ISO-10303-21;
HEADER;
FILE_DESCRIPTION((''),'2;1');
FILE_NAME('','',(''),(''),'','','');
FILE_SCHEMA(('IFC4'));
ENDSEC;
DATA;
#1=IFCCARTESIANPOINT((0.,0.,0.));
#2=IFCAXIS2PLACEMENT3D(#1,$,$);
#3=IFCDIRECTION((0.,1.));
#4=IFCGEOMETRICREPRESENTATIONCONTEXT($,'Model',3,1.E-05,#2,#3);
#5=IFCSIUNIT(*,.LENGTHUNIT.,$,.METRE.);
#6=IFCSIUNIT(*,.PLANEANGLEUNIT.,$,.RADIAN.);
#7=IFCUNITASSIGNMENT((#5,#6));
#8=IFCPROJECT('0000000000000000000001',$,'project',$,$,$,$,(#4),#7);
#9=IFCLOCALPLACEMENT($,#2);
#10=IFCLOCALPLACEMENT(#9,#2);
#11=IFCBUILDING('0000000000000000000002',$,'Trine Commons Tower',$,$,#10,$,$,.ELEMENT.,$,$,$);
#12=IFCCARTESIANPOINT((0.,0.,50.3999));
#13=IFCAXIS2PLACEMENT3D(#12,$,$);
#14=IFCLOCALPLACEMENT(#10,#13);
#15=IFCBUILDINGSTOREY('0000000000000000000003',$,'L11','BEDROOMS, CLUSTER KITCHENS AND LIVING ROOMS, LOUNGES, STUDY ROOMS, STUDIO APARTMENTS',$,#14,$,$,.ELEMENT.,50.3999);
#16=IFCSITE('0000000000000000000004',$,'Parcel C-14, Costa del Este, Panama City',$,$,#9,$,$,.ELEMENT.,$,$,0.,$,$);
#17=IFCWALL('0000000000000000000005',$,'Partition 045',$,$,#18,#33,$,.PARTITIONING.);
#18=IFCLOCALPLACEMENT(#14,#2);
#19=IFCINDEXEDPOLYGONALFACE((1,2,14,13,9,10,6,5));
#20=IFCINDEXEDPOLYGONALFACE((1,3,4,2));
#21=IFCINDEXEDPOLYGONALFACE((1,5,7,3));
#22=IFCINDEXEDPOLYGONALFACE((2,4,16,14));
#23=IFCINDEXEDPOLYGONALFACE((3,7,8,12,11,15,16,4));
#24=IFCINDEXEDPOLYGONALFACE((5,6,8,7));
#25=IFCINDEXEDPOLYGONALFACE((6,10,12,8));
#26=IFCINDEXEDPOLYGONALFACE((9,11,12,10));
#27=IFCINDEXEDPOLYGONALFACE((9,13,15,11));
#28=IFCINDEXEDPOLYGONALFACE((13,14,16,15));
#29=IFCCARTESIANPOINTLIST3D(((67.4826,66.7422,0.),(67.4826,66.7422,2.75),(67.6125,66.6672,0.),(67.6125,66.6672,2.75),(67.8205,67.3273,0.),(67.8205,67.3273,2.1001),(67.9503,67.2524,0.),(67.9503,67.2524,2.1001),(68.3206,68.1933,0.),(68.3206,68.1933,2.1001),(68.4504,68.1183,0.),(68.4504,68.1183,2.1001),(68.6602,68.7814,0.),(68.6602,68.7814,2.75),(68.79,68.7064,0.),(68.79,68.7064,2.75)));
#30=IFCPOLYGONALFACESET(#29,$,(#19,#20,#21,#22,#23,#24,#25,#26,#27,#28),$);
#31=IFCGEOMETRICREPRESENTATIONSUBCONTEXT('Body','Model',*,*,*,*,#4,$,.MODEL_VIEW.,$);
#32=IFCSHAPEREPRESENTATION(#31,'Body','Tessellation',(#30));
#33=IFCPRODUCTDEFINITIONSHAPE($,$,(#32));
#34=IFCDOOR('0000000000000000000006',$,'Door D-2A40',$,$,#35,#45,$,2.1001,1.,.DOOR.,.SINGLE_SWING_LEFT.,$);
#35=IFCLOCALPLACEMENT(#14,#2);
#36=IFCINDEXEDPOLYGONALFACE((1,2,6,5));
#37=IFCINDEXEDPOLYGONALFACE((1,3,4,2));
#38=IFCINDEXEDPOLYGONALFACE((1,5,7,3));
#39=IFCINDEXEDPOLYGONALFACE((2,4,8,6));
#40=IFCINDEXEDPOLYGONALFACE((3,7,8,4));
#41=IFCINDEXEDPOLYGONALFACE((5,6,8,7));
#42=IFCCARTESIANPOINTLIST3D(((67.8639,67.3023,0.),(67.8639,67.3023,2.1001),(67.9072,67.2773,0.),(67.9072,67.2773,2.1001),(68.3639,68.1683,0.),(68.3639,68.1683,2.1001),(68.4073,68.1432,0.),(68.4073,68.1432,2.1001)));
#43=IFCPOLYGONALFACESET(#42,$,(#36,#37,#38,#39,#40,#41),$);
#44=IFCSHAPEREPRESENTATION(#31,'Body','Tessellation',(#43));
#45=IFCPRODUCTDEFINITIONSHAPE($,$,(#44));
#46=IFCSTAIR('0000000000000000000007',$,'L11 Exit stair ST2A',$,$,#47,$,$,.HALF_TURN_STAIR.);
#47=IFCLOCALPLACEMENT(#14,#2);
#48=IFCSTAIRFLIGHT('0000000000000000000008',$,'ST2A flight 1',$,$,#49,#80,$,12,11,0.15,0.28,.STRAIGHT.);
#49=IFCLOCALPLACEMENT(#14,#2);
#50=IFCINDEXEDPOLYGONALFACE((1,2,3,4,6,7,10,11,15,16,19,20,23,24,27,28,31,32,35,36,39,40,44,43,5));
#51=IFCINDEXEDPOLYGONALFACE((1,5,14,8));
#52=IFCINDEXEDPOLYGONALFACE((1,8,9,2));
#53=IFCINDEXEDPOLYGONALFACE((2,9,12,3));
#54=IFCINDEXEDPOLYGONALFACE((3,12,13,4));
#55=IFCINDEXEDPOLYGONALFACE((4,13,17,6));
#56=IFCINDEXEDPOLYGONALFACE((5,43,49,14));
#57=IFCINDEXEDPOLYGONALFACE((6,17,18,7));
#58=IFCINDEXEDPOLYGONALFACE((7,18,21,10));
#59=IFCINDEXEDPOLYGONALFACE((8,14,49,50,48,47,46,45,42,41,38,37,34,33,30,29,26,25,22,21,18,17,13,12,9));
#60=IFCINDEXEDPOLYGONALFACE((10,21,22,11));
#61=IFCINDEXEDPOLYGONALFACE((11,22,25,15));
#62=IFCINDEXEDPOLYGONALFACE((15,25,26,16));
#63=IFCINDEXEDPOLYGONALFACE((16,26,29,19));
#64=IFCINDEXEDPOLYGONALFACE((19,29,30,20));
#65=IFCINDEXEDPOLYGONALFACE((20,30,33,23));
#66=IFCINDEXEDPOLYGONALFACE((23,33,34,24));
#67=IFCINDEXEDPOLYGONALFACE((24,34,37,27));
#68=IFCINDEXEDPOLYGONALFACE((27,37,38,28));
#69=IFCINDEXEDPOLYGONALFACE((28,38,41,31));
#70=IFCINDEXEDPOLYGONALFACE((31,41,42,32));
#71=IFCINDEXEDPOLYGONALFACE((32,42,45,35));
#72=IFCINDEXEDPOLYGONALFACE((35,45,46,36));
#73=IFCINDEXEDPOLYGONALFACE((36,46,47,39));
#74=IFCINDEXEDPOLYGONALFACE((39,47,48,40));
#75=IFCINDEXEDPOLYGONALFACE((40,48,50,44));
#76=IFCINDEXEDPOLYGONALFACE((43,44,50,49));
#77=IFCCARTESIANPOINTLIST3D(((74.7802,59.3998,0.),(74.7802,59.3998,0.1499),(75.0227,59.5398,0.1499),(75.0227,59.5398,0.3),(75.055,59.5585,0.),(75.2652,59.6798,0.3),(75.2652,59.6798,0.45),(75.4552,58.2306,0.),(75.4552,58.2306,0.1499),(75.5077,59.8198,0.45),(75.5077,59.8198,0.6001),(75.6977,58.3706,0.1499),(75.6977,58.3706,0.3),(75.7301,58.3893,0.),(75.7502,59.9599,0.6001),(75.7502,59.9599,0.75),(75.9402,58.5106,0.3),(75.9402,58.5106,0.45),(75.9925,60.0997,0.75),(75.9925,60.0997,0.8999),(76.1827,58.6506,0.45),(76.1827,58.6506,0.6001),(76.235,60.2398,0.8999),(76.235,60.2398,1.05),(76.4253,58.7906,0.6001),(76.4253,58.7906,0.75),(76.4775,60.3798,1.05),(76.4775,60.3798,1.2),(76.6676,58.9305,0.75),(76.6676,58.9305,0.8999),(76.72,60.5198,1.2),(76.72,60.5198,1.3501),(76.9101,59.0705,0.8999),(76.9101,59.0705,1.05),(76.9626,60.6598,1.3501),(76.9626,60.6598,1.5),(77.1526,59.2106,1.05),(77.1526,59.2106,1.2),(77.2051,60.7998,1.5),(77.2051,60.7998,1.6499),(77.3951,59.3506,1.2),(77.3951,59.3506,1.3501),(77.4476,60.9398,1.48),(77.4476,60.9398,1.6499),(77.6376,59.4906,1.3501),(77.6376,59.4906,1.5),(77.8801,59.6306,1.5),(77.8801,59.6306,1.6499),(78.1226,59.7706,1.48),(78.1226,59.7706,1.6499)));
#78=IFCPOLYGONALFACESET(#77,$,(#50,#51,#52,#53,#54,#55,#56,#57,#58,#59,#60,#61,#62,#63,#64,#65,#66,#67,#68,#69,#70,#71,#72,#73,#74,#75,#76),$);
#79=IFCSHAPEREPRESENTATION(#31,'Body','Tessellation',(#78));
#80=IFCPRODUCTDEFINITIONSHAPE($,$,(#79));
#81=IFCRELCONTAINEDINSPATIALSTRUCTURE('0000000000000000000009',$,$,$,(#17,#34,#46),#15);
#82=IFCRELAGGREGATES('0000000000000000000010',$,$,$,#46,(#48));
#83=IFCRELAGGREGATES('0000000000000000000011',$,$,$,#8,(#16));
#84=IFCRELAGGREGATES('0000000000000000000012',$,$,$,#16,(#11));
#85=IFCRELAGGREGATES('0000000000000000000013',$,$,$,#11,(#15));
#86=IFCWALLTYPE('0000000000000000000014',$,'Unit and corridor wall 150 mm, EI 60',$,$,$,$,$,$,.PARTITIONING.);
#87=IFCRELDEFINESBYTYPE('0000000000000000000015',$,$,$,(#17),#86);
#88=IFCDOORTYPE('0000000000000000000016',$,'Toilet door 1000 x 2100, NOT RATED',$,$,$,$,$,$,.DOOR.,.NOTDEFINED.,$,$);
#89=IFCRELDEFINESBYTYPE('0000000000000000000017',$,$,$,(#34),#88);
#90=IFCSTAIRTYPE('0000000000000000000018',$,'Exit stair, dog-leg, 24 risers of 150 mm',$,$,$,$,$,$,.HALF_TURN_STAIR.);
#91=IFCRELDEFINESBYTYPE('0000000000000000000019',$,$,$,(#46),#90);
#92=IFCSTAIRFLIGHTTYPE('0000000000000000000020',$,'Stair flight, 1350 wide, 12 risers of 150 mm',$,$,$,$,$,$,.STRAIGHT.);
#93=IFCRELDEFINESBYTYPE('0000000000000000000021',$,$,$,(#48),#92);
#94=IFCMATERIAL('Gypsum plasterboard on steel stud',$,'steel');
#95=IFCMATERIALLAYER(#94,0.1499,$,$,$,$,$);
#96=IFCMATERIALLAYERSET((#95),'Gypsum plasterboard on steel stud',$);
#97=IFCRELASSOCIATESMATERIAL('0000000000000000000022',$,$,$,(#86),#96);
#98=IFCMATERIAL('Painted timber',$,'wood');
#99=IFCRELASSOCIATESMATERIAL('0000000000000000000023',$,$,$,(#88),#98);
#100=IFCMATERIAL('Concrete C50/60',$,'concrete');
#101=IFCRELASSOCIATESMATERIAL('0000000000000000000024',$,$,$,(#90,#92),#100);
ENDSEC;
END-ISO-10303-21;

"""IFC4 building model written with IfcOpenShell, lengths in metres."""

from ifc_helpers import new_model, si_unit, direction, frame, frame_2d, origin, place, context, subcontext, project, spatial, polyline, rectangle, outline, extrude, material, layer, layer_set, type_object, element, fill, aggregate, save


model = new_model("IFC4")

# Units and contexts
model_context = context("Model", 3, precision=1e-05, world=origin(), true_north=direction((0.0, 1.0)))
body_context = subcontext(model_context, "Body", "Model", "MODEL_VIEW")
ifc_project = project(units=[si_unit("LENGTHUNIT", "METRE"), si_unit("PLANEANGLEUNIT", "RADIAN")], contexts=[model_context])

# Site, building, storey
site_placement = place(None, origin())
site = spatial("IfcSite", under=ifc_project, at=site_placement, Name="Parcel C-14, Costa del Este, Panama City", CompositionType="ELEMENT", RefElevation=0.0)
building_placement = place(site_placement, origin())
building = spatial("IfcBuilding", under=site, at=building_placement, Name="Trine Commons Tower", CompositionType="ELEMENT")
storey_placement = place(building_placement, frame((0.0, 0.0, 50.3999)))
storey = spatial("IfcBuildingStorey", under=building, at=storey_placement, Name="L11", Description="BEDROOMS, CLUSTER KITCHENS AND LIVING ROOMS, LOUNGES, STUDY ROOMS, STUDIO APARTMENTS", CompositionType="ELEMENT", Elevation=50.3999)

# Wall, opening, door
ifc_material_1 = material(Name="Gypsum plasterboard on steel stud", Category="steel")
ifc_layer_1 = layer(ifc_material_1, 0.1499)
ifc_layer_set_1 = layer_set([ifc_layer_1], Name="Gypsum plasterboard on steel stud")
wall_type_1 = type_object("IfcWallType", Name="Unit and corridor wall 150 mm, EI 60", PredefinedType="PARTITIONING", material=ifc_layer_set_1)
wall_1_placement = place(storey_placement, frame((67.5476, 66.7048, 0.0), z_axis=(0.0, 0.0, 1.0), x_axis=(0.500075, 0.865982, 0.0)))
wall_1 = element("IfcWall", 1, at=wall_1_placement, inside=storey, type_object=wall_type_1, Name="Partition 045", PredefinedType="PARTITIONING", context=body_context, shape_type="SweptSolid", body=[
    extrude(rectangle(XDim=2.3547, YDim=0.1499, at=frame_2d((1.1772, 0.0))), origin(), (0.0, 0.0, 1.0), 2.75),
])
opening_1_placement = place(wall_1_placement, frame((0.6755, 0.0, 0.0)))
opening_1 = element("IfcOpeningElement", 2, at=opening_1_placement, cuts=wall_1, PredefinedType="OPENING", context=body_context, shape_type="SweptSolid", body=[
    extrude(rectangle(XDim=1.0, YDim=2.1001, at=frame_2d((0.5, 1.05))), frame((0.0, 0.085, 0.0), z_axis=(0.0, -1.0, 0.0), x_axis=(1.0, 0.0, 0.0)), (0.0, 0.0, 1.0), 0.1699),
])
ifc_material_2 = material(Name="Painted timber", Category="wood")
door_type_1 = type_object("IfcDoorType", Name="Toilet door 1000 x 2100, NOT RATED", OperationType="NOTDEFINED", PredefinedType="DOOR", material=ifc_material_2)
door_1_placement = place(opening_1_placement, origin())
door_1 = element("IfcDoor", 3, at=door_1_placement, inside=storey, type_object=door_type_1, Name="Door D-2A40", OperationType="SINGLE_SWING_LEFT", OverallHeight=2.1001, OverallWidth=1.0, PredefinedType="DOOR", context=body_context, shape_type="SweptSolid", body=[
    extrude(rectangle(XDim=1.0, YDim=2.1001, at=frame_2d((0.5, 1.05))), frame((0.0, 0.0249, 0.0), z_axis=(0.0, -1.0, 0.0), x_axis=(1.0, 0.0, 0.0)), (0.0, 0.0, 1.0), 0.05),
])
fill(opening_1, door_1)

# Stair, stair flight
ifc_material_3 = material(Name="Concrete C50/60", Category="concrete")
stair_type = type_object("IfcStairType", Name="Exit stair, dog-leg, 24 risers of 150 mm", PredefinedType="HALF_TURN_STAIR", material=ifc_material_3)
stair_placement = place(storey_placement, origin())
stair = element("IfcStair", 4, at=stair_placement, inside=storey, type_object=stair_type, Name="L11 Exit stair ST2A", PredefinedType="HALF_TURN_STAIR")
stair_flight_type = type_object("IfcStairFlightType", Name="Stair flight, 1350 wide, 12 risers of 150 mm", PredefinedType="STRAIGHT", material=ifc_material_3)
stair_flight_placement = place(storey_placement, frame((75.1177, 58.8152, 0.0), z_axis=(0.0, 0.0, 1.0), x_axis=(0.866025, 0.5, 0.0)))
stair_flight = element("IfcStairFlight", 5, at=stair_flight_placement, type_object=stair_flight_type, Name="ST2A flight 1", NumberOfRisers=12, NumberOfTreads=11, PredefinedType="STRAIGHT", RiserHeight=0.15, TreadLength=0.28, context=body_context, shape_type="SweptSolid", body=[
    extrude(outline(polyline([(0.0, 0.0), (0.0, 0.1499), (0.28, 0.1499), (0.28, 0.3), (0.5601, 0.3), (0.5601, 0.45), (0.8401, 0.45), (0.8401, 0.6001), (1.1201, 0.6001), (1.1201, 0.75), (1.3999, 0.75), (1.3999, 0.8999), (1.6799, 0.8999), (1.6799, 1.05), (1.96, 1.05), (1.96, 1.2), (2.24, 1.2), (2.24, 1.3501), (2.52, 1.3501), (2.52, 1.5), (2.8, 1.5), (2.8, 1.6499), (3.0801, 1.6499), (3.0801, 1.8), (3.0801, 1.48), (0.3174, 0.0), (0.0, 0.0)])), frame((0.0, 0.675, 0.0), z_axis=(0.0, -1.0, 0.0), x_axis=(1.0, 0.0, 0.0)), (0.0, 0.0, 1.0), 1.3501),
])
aggregate(stair, [stair_flight])

save(model, "model.ifc")
